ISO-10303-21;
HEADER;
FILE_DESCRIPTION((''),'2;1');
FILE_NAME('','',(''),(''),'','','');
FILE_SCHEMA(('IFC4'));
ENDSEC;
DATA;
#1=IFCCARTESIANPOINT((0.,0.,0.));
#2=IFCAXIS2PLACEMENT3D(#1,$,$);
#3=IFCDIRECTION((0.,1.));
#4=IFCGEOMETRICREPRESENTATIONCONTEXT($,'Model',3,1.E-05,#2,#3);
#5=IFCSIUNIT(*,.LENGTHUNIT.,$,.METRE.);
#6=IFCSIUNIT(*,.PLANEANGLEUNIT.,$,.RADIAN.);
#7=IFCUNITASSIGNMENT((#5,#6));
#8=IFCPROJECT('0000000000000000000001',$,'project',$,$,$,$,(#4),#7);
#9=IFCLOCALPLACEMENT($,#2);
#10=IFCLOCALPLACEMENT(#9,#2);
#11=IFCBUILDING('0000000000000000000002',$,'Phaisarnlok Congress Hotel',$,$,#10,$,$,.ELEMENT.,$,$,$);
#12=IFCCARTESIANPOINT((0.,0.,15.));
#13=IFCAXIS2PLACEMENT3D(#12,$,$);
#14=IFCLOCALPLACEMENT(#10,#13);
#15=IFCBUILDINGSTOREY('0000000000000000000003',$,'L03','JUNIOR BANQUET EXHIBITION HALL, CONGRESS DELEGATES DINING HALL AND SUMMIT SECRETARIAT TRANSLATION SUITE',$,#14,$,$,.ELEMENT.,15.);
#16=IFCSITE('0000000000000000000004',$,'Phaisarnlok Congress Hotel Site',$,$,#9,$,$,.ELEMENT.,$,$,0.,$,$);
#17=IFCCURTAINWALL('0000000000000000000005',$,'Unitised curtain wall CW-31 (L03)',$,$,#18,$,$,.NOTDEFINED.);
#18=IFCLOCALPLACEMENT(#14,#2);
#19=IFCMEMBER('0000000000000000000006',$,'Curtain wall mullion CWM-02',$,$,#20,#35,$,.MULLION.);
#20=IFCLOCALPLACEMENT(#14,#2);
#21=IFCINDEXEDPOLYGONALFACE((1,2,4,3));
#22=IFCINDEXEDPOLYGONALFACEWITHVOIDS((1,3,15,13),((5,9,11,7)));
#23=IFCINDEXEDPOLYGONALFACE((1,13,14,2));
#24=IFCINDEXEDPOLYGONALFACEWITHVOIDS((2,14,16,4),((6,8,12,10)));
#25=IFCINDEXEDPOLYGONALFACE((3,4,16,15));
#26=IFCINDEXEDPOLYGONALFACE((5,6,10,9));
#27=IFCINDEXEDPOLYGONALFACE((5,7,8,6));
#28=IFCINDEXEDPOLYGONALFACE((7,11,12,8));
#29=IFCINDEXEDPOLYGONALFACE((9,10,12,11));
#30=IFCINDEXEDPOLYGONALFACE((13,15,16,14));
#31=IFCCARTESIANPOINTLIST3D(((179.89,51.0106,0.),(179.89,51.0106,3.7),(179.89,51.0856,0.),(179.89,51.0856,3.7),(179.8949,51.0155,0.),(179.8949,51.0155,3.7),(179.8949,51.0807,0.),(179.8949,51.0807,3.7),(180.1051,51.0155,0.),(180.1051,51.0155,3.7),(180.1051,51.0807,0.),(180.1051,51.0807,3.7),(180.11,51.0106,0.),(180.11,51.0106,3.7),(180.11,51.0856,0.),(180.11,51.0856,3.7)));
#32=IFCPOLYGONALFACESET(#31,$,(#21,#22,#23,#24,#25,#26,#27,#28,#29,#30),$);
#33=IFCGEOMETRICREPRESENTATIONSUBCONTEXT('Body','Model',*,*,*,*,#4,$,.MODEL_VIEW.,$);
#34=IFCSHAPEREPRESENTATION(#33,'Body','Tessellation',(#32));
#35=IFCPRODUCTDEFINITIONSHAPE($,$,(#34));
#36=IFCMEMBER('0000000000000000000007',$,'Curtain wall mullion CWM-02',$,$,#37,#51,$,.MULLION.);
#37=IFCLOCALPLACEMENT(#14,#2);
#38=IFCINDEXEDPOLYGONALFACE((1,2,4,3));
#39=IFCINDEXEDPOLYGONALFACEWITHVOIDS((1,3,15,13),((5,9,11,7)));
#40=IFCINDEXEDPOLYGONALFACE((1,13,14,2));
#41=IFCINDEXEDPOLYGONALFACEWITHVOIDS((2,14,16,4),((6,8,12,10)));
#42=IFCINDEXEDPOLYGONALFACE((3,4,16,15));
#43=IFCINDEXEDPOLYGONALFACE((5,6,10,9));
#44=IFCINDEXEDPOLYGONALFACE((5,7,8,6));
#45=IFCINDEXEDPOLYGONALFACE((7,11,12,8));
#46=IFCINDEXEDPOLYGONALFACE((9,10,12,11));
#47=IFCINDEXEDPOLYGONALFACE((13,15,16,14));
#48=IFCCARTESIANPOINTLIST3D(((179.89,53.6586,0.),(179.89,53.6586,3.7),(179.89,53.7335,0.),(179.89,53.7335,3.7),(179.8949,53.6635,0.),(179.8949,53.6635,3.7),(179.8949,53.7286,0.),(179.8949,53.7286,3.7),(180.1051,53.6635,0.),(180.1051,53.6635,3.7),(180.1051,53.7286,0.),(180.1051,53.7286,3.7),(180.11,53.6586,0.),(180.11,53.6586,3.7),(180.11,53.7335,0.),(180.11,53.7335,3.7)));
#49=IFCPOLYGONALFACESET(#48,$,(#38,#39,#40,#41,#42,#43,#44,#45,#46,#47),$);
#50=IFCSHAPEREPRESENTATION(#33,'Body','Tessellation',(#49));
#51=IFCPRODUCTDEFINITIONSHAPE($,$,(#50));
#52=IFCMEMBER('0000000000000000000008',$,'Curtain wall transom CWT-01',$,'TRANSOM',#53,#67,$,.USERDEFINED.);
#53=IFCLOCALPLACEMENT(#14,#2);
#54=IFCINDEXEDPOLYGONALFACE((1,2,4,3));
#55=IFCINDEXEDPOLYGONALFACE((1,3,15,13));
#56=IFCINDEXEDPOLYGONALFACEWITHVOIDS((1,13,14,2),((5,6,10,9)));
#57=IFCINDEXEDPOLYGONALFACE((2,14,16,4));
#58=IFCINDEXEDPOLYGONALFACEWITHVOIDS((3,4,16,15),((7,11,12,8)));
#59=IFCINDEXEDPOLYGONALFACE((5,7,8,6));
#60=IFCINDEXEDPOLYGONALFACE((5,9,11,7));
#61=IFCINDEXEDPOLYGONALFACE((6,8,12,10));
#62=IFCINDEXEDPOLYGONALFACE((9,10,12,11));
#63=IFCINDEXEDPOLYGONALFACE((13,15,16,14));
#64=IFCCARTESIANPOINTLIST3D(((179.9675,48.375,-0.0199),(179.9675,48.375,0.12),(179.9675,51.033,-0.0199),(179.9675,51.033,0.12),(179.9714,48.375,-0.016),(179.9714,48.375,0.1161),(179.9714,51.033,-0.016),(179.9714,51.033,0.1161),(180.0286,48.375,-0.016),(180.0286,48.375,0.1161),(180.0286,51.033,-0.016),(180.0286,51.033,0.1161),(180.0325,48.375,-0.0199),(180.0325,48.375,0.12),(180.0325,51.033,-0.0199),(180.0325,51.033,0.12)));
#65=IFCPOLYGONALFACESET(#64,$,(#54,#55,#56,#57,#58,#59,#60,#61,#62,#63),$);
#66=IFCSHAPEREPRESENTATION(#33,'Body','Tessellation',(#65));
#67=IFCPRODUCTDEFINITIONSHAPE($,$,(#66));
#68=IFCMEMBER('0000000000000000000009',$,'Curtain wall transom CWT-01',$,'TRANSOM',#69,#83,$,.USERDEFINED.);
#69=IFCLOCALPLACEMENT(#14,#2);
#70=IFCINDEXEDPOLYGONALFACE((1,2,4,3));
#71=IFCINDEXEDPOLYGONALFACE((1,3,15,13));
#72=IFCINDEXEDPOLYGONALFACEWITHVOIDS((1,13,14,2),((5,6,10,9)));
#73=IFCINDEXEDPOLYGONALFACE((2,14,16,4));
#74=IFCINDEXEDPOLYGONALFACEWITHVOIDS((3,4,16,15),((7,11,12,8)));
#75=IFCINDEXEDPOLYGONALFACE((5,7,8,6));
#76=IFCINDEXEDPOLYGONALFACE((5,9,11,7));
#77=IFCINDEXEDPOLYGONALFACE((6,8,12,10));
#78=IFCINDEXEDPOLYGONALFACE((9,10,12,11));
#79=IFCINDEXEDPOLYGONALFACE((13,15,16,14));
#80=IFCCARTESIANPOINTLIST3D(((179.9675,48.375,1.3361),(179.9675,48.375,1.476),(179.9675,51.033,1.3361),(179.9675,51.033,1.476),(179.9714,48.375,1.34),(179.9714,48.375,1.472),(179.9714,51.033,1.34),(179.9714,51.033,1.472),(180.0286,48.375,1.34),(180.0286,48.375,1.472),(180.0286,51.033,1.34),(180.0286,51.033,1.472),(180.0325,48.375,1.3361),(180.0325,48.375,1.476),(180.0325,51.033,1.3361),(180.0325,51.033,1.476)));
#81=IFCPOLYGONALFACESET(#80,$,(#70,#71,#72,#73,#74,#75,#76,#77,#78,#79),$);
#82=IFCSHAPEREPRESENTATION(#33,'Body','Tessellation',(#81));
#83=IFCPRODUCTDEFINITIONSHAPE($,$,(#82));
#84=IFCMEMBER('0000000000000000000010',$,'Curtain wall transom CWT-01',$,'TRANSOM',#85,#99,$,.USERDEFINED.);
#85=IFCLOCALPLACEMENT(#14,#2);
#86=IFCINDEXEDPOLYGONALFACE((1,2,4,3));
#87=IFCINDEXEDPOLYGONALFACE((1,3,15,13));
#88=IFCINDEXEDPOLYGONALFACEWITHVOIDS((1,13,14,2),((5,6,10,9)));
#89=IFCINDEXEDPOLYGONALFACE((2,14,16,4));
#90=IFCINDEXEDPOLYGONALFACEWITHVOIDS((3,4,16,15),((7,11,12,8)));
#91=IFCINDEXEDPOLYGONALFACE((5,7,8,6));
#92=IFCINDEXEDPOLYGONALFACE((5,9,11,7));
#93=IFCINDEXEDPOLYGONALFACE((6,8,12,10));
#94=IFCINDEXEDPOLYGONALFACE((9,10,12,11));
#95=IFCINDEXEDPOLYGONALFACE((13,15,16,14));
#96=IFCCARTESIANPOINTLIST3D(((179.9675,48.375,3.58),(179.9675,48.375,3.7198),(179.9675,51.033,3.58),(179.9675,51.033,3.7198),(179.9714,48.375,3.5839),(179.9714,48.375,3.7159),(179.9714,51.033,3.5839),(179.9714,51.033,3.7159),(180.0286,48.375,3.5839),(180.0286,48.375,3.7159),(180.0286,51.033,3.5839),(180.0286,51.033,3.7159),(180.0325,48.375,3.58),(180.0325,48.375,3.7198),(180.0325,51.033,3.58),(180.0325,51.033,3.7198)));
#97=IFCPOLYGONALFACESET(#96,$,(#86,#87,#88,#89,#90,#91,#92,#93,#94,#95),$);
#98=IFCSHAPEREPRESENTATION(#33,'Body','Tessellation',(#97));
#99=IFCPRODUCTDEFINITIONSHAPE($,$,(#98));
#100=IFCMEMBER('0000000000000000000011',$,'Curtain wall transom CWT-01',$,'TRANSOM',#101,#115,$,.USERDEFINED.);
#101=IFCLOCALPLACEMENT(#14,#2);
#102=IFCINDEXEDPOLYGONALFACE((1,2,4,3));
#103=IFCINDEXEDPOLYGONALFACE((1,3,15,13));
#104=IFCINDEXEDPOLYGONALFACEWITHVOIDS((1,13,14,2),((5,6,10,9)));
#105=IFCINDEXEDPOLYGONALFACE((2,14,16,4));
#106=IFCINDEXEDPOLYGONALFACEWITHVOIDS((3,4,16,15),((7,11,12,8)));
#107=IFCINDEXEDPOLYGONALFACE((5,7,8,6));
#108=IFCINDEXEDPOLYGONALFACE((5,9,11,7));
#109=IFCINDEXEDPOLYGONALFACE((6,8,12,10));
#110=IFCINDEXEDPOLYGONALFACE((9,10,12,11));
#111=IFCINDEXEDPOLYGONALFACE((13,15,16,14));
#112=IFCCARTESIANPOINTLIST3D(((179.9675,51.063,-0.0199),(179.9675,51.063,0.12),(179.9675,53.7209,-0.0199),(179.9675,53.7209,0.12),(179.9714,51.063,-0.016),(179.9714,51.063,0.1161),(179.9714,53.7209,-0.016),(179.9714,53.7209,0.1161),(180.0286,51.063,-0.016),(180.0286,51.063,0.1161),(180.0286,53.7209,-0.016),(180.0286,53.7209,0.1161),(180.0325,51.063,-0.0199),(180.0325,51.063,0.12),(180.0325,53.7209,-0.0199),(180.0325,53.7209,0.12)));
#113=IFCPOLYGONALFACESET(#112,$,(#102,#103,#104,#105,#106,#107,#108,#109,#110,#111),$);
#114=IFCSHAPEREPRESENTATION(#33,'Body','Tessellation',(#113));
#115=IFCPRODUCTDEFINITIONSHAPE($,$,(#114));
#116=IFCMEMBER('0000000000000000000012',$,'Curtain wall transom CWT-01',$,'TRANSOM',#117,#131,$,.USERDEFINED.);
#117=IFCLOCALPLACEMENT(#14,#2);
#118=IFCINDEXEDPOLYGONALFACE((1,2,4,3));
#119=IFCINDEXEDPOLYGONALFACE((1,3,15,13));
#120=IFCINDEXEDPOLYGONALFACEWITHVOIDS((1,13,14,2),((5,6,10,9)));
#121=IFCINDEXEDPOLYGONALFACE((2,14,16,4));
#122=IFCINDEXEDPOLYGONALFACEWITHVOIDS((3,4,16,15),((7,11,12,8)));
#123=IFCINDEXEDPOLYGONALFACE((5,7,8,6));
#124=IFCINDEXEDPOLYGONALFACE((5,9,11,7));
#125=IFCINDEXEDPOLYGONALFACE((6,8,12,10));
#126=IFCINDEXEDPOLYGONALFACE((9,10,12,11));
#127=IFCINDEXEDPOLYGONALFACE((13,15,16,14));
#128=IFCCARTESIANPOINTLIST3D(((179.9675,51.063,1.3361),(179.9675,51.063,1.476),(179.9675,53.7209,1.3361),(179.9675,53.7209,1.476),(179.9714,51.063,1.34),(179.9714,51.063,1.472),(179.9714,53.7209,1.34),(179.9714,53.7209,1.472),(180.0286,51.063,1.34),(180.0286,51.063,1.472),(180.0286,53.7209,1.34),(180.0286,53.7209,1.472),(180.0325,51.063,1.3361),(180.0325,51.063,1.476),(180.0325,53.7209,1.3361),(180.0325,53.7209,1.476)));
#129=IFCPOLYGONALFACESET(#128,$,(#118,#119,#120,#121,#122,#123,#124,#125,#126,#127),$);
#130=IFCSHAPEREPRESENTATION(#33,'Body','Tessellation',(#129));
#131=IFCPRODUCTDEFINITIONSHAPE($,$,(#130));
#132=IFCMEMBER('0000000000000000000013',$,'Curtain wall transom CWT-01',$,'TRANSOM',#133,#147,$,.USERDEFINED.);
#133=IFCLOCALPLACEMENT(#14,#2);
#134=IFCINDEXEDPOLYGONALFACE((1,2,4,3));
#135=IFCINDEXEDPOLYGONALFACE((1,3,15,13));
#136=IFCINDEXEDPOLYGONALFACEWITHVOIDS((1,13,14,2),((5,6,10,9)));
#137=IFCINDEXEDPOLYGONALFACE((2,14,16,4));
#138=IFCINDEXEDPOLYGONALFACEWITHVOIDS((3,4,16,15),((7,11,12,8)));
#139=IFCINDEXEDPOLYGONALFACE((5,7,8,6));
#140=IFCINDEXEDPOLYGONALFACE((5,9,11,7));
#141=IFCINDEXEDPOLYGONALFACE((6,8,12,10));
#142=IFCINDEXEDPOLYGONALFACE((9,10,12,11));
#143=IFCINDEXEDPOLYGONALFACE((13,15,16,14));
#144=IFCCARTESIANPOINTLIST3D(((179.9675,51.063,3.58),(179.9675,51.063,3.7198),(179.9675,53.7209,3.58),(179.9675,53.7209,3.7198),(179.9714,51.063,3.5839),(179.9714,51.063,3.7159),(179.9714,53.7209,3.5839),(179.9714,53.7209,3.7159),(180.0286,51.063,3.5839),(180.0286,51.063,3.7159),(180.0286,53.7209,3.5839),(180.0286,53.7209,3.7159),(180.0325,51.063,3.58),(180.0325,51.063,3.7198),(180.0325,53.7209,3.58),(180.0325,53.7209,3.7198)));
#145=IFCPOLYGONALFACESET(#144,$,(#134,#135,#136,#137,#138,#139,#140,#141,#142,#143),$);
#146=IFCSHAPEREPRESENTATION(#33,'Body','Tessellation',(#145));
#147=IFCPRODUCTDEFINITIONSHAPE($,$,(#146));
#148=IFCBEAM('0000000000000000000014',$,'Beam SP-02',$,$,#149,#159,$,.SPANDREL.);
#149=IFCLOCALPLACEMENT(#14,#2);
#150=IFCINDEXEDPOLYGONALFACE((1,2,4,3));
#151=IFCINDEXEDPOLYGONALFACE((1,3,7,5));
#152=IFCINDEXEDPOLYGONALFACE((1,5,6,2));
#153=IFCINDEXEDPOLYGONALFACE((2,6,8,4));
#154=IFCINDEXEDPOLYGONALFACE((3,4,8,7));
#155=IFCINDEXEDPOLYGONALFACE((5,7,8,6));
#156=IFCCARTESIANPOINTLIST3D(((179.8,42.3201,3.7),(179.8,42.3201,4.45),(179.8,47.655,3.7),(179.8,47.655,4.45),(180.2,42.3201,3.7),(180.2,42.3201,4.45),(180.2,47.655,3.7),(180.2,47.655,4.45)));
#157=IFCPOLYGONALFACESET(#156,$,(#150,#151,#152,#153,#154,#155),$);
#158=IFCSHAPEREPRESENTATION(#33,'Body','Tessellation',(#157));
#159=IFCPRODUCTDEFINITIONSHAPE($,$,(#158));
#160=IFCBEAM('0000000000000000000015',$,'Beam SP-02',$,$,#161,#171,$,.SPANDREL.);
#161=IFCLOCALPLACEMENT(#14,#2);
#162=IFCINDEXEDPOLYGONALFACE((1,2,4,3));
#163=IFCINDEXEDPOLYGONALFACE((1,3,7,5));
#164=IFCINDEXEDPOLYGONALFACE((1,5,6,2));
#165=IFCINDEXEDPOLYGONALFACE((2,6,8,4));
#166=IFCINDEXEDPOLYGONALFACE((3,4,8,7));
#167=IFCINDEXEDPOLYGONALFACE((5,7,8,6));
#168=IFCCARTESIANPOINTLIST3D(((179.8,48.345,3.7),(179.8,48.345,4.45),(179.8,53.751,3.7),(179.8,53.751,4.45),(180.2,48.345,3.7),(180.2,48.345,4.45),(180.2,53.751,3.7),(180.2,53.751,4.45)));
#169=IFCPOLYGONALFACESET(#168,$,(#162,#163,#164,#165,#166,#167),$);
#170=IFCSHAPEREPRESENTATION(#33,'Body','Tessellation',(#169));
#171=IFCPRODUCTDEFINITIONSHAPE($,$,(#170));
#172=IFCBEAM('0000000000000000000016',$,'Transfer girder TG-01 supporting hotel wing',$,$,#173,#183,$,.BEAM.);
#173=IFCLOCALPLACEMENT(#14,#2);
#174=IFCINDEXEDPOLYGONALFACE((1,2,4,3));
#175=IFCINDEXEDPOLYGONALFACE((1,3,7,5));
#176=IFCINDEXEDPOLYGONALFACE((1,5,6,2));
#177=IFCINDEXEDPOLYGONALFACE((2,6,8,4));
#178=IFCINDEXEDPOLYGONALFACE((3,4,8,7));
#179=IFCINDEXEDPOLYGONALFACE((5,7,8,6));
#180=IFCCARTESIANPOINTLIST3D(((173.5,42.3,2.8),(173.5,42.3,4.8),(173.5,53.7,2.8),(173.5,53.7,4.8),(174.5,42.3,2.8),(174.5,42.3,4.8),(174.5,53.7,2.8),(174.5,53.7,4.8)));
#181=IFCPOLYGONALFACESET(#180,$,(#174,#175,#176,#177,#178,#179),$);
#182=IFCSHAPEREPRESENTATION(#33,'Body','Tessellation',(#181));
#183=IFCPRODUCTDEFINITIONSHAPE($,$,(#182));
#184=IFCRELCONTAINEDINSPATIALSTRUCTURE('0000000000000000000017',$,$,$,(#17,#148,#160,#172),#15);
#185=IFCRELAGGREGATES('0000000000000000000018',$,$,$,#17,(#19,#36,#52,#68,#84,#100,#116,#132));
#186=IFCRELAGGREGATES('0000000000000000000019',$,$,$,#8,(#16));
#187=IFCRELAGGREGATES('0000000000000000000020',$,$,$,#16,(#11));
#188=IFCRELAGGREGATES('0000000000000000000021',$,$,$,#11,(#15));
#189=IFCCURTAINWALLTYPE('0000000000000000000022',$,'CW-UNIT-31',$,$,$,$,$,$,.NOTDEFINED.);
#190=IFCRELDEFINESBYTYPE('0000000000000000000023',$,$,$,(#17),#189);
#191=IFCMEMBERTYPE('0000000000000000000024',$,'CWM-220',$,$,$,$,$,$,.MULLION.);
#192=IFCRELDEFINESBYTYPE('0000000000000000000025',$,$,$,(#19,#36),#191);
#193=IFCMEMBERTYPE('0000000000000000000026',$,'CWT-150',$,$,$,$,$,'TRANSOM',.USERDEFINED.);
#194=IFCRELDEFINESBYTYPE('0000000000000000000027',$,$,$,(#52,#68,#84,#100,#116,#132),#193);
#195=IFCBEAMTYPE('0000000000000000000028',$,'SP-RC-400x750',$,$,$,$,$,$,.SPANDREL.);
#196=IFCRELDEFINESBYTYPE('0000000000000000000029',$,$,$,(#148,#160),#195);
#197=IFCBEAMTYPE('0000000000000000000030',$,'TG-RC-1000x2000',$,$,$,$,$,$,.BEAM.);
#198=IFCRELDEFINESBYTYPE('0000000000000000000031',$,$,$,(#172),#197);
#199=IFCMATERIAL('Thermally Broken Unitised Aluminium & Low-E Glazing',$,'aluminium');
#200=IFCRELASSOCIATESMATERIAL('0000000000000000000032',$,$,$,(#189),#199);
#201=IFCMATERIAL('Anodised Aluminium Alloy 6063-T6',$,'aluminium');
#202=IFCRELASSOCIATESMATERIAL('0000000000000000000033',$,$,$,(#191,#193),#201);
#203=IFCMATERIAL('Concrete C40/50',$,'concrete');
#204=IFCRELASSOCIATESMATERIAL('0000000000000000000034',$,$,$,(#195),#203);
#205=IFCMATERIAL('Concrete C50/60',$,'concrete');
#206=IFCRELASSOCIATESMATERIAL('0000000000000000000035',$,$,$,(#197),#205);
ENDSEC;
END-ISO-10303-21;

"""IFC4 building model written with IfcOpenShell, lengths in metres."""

from ifc_helpers import new_model, si_unit, direction, frame, origin, origin_2d, place, context, subcontext, project, spatial, rectangle, hollow_rectangle, extrude, material, material_profile, profile_set, type_object, element, aggregate, save


model = new_model("IFC4")

# Units and contexts
model_context = context("Model", 3, precision=1e-05, world=origin(), true_north=direction((0.0, 1.0)))
body_context = subcontext(model_context, "Body", "Model", "MODEL_VIEW")
ifc_project = project(units=[si_unit("LENGTHUNIT", "METRE"), si_unit("PLANEANGLEUNIT", "RADIAN")], contexts=[model_context])

# Site, building, storey
site_placement = place(None, origin())
site = spatial("IfcSite", under=ifc_project, at=site_placement, Name="Phaisarnlok Congress Hotel Site", CompositionType="ELEMENT", RefElevation=0.0)
building_placement = place(site_placement, origin())
building = spatial("IfcBuilding", under=site, at=building_placement, Name="Phaisarnlok Congress Hotel", CompositionType="ELEMENT")
storey_placement = place(building_placement, frame((0.0, 0.0, 15.0)))
storey = spatial("IfcBuildingStorey", under=building, at=storey_placement, Name="L03", Description="JUNIOR BANQUET EXHIBITION HALL, CONGRESS DELEGATES DINING HALL AND SUMMIT SECRETARIAT TRANSLATION SUITE", CompositionType="ELEMENT", Elevation=15.0)

# Shared definitions
ifc_material_1 = material(Name="Concrete C50/60", Category="concrete")

# Shared definitions
ifc_material_2 = material(Name="Concrete C40/50", Category="concrete")

# Curtain wall, members
ifc_material_3 = material(Name="Thermally Broken Unitised Aluminium & Low-E Glazing", Category="aluminium")
curtain_wall_type = type_object("IfcCurtainWallType", Name="CW-UNIT-31", PredefinedType="NOTDEFINED", material=ifc_material_3)
curtain_wall_placement = place(storey_placement, origin())
curtain_wall = element("IfcCurtainWall", 1, at=curtain_wall_placement, inside=storey, type_object=curtain_wall_type, Name="Unitised curtain wall CW-31 (L03)", PredefinedType="NOTDEFINED")
ifc_material_4 = material(Name="Anodised Aluminium Alloy 6063-T6", Category="aluminium")
ifc_material_profile_1 = material_profile(ifc_material_4, hollow_rectangle(XDim=0.075, YDim=0.22, WallThickness=0.0049, at=origin_2d()), Name="ALU-M 75x220x5")
ifc_profile_set_1 = profile_set([ifc_material_profile_1], Name="Anodised Aluminium Alloy 6063-T6")
member_type_1 = type_object("IfcMemberType", Name="CWM-220", PredefinedType="MULLION", material=ifc_profile_set_1)
member_1_placement = place(storey_placement, frame((180.0, 51.0481, 0.0), z_axis=(0.0, 0.0, 1.0), x_axis=(0.0, 1.0, 0.0)))
member_1 = element("IfcMember", 2, at=member_1_placement, type_object=member_type_1, Name="Curtain wall mullion CWM-02", PredefinedType="MULLION", context=body_context, shape_type="SweptSolid", body=[
    extrude(hollow_rectangle(XDim=0.075, YDim=0.22, WallThickness=0.0049, at=origin_2d()), origin(), (0.0, 0.0, 1.0), 3.7),
])
member_2_placement = place(storey_placement, frame((180.0, 53.696, 0.0), z_axis=(0.0, 0.0, 1.0), x_axis=(0.0, 1.0, 0.0)))
member_2 = element("IfcMember", 3, at=member_2_placement, type_object=member_type_1, Name="Curtain wall mullion CWM-02", PredefinedType="MULLION", context=body_context, shape_type="SweptSolid", body=[
    extrude(hollow_rectangle(XDim=0.075, YDim=0.22, WallThickness=0.0049, at=origin_2d()), origin(), (0.0, 0.0, 1.0), 3.7),
])
ifc_material_profile_2 = material_profile(ifc_material_4, hollow_rectangle(XDim=0.0649, YDim=0.1399, WallThickness=0.0039, at=origin_2d()), Name="ALU-T 65x140x4")
ifc_profile_set_2 = profile_set([ifc_material_profile_2], Name="Anodised Aluminium Alloy 6063-T6")
member_type_2 = type_object("IfcMemberType", Name="CWT-150", ElementType="TRANSOM", PredefinedType="USERDEFINED", material=ifc_profile_set_2)
member_3_placement = place(storey_placement, frame((180.0, 48.375, 0.05), z_axis=(0.0, 1.0, 0.0), x_axis=(-1.0, 0.0, 0.0)))
member_3 = element("IfcMember", 4, at=member_3_placement, type_object=member_type_2, Name="Curtain wall transom CWT-01", ObjectType="TRANSOM", PredefinedType="USERDEFINED", context=body_context, shape_type="SweptSolid", body=[
    extrude(hollow_rectangle(XDim=0.0649, YDim=0.1399, WallThickness=0.0039, at=origin_2d()), origin(), (0.0, 0.0, 1.0), 2.658),
])
member_4_placement = place(storey_placement, frame((180.0, 48.375, 1.406), z_axis=(0.0, 1.0, 0.0), x_axis=(-1.0, 0.0, 0.0)))
member_4 = element("IfcMember", 5, at=member_4_placement, type_object=member_type_2, Name="Curtain wall transom CWT-01", ObjectType="TRANSOM", PredefinedType="USERDEFINED", context=body_context, shape_type="SweptSolid", body=[
    extrude(hollow_rectangle(XDim=0.0649, YDim=0.1399, WallThickness=0.0039, at=origin_2d()), origin(), (0.0, 0.0, 1.0), 2.658),
])
member_5_placement = place(storey_placement, frame((180.0, 48.375, 3.6499), z_axis=(0.0, 1.0, 0.0), x_axis=(-1.0, 0.0, 0.0)))
member_5 = element("IfcMember", 6, at=member_5_placement, type_object=member_type_2, Name="Curtain wall transom CWT-01", ObjectType="TRANSOM", PredefinedType="USERDEFINED", context=body_context, shape_type="SweptSolid", body=[
    extrude(hollow_rectangle(XDim=0.0649, YDim=0.1399, WallThickness=0.0039, at=origin_2d()), origin(), (0.0, 0.0, 1.0), 2.658),
])
member_6_placement = place(storey_placement, frame((180.0, 51.063, 0.05), z_axis=(0.0, 1.0, 0.0), x_axis=(-1.0, 0.0, 0.0)))
member_6 = element("IfcMember", 7, at=member_6_placement, type_object=member_type_2, Name="Curtain wall transom CWT-01", ObjectType="TRANSOM", PredefinedType="USERDEFINED", context=body_context, shape_type="SweptSolid", body=[
    extrude(hollow_rectangle(XDim=0.0649, YDim=0.1399, WallThickness=0.0039, at=origin_2d()), origin(), (0.0, 0.0, 1.0), 2.658),
])
member_7_placement = place(storey_placement, frame((180.0, 51.063, 1.406), z_axis=(0.0, 1.0, 0.0), x_axis=(-1.0, 0.0, 0.0)))
member_7 = element("IfcMember", 8, at=member_7_placement, type_object=member_type_2, Name="Curtain wall transom CWT-01", ObjectType="TRANSOM", PredefinedType="USERDEFINED", context=body_context, shape_type="SweptSolid", body=[
    extrude(hollow_rectangle(XDim=0.0649, YDim=0.1399, WallThickness=0.0039, at=origin_2d()), origin(), (0.0, 0.0, 1.0), 2.658),
])
member_8_placement = place(storey_placement, frame((180.0, 51.063, 3.6499), z_axis=(0.0, 1.0, 0.0), x_axis=(-1.0, 0.0, 0.0)))
member_8 = element("IfcMember", 9, at=member_8_placement, type_object=member_type_2, Name="Curtain wall transom CWT-01", ObjectType="TRANSOM", PredefinedType="USERDEFINED", context=body_context, shape_type="SweptSolid", body=[
    extrude(hollow_rectangle(XDim=0.0649, YDim=0.1399, WallThickness=0.0039, at=origin_2d()), origin(), (0.0, 0.0, 1.0), 2.658),
])

# Beams
ifc_material_profile_3 = material_profile(ifc_material_2, rectangle(XDim=0.3999, YDim=0.75, at=origin_2d()), Name="RC 400x750")
ifc_profile_set_3 = profile_set([ifc_material_profile_3], Name="Concrete C40/50")
beam_type_1 = type_object("IfcBeamType", Name="SP-RC-400x750", PredefinedType="SPANDREL", material=ifc_profile_set_3)
beam_1_placement = place(storey_placement, frame((180.0, 42.3201, 4.075), z_axis=(0.0, 1.0, 0.0), x_axis=(-1.0, 0.0, 0.0)))
element("IfcBeam", 10, at=beam_1_placement, inside=storey, type_object=beam_type_1, Name="Beam SP-02", PredefinedType="SPANDREL", context=body_context, shape_type="SweptSolid", body=[
    extrude(rectangle(XDim=0.3999, YDim=0.75, at=origin_2d()), origin(), (0.0, 0.0, 1.0), 5.335),
])
beam_2_placement = place(storey_placement, frame((180.0, 48.345, 4.075), z_axis=(0.0, 1.0, 0.0), x_axis=(-1.0, 0.0, 0.0)))
element("IfcBeam", 11, at=beam_2_placement, inside=storey, type_object=beam_type_1, Name="Beam SP-02", PredefinedType="SPANDREL", context=body_context, shape_type="SweptSolid", body=[
    extrude(rectangle(XDim=0.3999, YDim=0.75, at=origin_2d()), origin(), (0.0, 0.0, 1.0), 5.406),
])
ifc_material_profile_4 = material_profile(ifc_material_1, rectangle(XDim=1.0, YDim=2.0, at=origin_2d()), Name="RC 1000x2000")
ifc_profile_set_4 = profile_set([ifc_material_profile_4], Name="Concrete C50/60")
beam_type_2 = type_object("IfcBeamType", Name="TG-RC-1000x2000", PredefinedType="BEAM", material=ifc_profile_set_4)
beam_3_placement = place(storey_placement, frame((174.0, 42.3, 3.8), z_axis=(0.0, 1.0, 0.0), x_axis=(-1.0, 0.0, 0.0)))
element("IfcBeam", 12, at=beam_3_placement, inside=storey, type_object=beam_type_2, Name="Transfer girder TG-01 supporting hotel wing", PredefinedType="BEAM", context=body_context, shape_type="SweptSolid", body=[
    extrude(rectangle(XDim=1.0, YDim=2.0, at=origin_2d()), origin(), (0.0, 0.0, 1.0), 11.3999),
])

aggregate(curtain_wall, [member_1, member_2, member_3, member_4, member_5, member_6, member_7, member_8])

save(model, "model.ifc")
